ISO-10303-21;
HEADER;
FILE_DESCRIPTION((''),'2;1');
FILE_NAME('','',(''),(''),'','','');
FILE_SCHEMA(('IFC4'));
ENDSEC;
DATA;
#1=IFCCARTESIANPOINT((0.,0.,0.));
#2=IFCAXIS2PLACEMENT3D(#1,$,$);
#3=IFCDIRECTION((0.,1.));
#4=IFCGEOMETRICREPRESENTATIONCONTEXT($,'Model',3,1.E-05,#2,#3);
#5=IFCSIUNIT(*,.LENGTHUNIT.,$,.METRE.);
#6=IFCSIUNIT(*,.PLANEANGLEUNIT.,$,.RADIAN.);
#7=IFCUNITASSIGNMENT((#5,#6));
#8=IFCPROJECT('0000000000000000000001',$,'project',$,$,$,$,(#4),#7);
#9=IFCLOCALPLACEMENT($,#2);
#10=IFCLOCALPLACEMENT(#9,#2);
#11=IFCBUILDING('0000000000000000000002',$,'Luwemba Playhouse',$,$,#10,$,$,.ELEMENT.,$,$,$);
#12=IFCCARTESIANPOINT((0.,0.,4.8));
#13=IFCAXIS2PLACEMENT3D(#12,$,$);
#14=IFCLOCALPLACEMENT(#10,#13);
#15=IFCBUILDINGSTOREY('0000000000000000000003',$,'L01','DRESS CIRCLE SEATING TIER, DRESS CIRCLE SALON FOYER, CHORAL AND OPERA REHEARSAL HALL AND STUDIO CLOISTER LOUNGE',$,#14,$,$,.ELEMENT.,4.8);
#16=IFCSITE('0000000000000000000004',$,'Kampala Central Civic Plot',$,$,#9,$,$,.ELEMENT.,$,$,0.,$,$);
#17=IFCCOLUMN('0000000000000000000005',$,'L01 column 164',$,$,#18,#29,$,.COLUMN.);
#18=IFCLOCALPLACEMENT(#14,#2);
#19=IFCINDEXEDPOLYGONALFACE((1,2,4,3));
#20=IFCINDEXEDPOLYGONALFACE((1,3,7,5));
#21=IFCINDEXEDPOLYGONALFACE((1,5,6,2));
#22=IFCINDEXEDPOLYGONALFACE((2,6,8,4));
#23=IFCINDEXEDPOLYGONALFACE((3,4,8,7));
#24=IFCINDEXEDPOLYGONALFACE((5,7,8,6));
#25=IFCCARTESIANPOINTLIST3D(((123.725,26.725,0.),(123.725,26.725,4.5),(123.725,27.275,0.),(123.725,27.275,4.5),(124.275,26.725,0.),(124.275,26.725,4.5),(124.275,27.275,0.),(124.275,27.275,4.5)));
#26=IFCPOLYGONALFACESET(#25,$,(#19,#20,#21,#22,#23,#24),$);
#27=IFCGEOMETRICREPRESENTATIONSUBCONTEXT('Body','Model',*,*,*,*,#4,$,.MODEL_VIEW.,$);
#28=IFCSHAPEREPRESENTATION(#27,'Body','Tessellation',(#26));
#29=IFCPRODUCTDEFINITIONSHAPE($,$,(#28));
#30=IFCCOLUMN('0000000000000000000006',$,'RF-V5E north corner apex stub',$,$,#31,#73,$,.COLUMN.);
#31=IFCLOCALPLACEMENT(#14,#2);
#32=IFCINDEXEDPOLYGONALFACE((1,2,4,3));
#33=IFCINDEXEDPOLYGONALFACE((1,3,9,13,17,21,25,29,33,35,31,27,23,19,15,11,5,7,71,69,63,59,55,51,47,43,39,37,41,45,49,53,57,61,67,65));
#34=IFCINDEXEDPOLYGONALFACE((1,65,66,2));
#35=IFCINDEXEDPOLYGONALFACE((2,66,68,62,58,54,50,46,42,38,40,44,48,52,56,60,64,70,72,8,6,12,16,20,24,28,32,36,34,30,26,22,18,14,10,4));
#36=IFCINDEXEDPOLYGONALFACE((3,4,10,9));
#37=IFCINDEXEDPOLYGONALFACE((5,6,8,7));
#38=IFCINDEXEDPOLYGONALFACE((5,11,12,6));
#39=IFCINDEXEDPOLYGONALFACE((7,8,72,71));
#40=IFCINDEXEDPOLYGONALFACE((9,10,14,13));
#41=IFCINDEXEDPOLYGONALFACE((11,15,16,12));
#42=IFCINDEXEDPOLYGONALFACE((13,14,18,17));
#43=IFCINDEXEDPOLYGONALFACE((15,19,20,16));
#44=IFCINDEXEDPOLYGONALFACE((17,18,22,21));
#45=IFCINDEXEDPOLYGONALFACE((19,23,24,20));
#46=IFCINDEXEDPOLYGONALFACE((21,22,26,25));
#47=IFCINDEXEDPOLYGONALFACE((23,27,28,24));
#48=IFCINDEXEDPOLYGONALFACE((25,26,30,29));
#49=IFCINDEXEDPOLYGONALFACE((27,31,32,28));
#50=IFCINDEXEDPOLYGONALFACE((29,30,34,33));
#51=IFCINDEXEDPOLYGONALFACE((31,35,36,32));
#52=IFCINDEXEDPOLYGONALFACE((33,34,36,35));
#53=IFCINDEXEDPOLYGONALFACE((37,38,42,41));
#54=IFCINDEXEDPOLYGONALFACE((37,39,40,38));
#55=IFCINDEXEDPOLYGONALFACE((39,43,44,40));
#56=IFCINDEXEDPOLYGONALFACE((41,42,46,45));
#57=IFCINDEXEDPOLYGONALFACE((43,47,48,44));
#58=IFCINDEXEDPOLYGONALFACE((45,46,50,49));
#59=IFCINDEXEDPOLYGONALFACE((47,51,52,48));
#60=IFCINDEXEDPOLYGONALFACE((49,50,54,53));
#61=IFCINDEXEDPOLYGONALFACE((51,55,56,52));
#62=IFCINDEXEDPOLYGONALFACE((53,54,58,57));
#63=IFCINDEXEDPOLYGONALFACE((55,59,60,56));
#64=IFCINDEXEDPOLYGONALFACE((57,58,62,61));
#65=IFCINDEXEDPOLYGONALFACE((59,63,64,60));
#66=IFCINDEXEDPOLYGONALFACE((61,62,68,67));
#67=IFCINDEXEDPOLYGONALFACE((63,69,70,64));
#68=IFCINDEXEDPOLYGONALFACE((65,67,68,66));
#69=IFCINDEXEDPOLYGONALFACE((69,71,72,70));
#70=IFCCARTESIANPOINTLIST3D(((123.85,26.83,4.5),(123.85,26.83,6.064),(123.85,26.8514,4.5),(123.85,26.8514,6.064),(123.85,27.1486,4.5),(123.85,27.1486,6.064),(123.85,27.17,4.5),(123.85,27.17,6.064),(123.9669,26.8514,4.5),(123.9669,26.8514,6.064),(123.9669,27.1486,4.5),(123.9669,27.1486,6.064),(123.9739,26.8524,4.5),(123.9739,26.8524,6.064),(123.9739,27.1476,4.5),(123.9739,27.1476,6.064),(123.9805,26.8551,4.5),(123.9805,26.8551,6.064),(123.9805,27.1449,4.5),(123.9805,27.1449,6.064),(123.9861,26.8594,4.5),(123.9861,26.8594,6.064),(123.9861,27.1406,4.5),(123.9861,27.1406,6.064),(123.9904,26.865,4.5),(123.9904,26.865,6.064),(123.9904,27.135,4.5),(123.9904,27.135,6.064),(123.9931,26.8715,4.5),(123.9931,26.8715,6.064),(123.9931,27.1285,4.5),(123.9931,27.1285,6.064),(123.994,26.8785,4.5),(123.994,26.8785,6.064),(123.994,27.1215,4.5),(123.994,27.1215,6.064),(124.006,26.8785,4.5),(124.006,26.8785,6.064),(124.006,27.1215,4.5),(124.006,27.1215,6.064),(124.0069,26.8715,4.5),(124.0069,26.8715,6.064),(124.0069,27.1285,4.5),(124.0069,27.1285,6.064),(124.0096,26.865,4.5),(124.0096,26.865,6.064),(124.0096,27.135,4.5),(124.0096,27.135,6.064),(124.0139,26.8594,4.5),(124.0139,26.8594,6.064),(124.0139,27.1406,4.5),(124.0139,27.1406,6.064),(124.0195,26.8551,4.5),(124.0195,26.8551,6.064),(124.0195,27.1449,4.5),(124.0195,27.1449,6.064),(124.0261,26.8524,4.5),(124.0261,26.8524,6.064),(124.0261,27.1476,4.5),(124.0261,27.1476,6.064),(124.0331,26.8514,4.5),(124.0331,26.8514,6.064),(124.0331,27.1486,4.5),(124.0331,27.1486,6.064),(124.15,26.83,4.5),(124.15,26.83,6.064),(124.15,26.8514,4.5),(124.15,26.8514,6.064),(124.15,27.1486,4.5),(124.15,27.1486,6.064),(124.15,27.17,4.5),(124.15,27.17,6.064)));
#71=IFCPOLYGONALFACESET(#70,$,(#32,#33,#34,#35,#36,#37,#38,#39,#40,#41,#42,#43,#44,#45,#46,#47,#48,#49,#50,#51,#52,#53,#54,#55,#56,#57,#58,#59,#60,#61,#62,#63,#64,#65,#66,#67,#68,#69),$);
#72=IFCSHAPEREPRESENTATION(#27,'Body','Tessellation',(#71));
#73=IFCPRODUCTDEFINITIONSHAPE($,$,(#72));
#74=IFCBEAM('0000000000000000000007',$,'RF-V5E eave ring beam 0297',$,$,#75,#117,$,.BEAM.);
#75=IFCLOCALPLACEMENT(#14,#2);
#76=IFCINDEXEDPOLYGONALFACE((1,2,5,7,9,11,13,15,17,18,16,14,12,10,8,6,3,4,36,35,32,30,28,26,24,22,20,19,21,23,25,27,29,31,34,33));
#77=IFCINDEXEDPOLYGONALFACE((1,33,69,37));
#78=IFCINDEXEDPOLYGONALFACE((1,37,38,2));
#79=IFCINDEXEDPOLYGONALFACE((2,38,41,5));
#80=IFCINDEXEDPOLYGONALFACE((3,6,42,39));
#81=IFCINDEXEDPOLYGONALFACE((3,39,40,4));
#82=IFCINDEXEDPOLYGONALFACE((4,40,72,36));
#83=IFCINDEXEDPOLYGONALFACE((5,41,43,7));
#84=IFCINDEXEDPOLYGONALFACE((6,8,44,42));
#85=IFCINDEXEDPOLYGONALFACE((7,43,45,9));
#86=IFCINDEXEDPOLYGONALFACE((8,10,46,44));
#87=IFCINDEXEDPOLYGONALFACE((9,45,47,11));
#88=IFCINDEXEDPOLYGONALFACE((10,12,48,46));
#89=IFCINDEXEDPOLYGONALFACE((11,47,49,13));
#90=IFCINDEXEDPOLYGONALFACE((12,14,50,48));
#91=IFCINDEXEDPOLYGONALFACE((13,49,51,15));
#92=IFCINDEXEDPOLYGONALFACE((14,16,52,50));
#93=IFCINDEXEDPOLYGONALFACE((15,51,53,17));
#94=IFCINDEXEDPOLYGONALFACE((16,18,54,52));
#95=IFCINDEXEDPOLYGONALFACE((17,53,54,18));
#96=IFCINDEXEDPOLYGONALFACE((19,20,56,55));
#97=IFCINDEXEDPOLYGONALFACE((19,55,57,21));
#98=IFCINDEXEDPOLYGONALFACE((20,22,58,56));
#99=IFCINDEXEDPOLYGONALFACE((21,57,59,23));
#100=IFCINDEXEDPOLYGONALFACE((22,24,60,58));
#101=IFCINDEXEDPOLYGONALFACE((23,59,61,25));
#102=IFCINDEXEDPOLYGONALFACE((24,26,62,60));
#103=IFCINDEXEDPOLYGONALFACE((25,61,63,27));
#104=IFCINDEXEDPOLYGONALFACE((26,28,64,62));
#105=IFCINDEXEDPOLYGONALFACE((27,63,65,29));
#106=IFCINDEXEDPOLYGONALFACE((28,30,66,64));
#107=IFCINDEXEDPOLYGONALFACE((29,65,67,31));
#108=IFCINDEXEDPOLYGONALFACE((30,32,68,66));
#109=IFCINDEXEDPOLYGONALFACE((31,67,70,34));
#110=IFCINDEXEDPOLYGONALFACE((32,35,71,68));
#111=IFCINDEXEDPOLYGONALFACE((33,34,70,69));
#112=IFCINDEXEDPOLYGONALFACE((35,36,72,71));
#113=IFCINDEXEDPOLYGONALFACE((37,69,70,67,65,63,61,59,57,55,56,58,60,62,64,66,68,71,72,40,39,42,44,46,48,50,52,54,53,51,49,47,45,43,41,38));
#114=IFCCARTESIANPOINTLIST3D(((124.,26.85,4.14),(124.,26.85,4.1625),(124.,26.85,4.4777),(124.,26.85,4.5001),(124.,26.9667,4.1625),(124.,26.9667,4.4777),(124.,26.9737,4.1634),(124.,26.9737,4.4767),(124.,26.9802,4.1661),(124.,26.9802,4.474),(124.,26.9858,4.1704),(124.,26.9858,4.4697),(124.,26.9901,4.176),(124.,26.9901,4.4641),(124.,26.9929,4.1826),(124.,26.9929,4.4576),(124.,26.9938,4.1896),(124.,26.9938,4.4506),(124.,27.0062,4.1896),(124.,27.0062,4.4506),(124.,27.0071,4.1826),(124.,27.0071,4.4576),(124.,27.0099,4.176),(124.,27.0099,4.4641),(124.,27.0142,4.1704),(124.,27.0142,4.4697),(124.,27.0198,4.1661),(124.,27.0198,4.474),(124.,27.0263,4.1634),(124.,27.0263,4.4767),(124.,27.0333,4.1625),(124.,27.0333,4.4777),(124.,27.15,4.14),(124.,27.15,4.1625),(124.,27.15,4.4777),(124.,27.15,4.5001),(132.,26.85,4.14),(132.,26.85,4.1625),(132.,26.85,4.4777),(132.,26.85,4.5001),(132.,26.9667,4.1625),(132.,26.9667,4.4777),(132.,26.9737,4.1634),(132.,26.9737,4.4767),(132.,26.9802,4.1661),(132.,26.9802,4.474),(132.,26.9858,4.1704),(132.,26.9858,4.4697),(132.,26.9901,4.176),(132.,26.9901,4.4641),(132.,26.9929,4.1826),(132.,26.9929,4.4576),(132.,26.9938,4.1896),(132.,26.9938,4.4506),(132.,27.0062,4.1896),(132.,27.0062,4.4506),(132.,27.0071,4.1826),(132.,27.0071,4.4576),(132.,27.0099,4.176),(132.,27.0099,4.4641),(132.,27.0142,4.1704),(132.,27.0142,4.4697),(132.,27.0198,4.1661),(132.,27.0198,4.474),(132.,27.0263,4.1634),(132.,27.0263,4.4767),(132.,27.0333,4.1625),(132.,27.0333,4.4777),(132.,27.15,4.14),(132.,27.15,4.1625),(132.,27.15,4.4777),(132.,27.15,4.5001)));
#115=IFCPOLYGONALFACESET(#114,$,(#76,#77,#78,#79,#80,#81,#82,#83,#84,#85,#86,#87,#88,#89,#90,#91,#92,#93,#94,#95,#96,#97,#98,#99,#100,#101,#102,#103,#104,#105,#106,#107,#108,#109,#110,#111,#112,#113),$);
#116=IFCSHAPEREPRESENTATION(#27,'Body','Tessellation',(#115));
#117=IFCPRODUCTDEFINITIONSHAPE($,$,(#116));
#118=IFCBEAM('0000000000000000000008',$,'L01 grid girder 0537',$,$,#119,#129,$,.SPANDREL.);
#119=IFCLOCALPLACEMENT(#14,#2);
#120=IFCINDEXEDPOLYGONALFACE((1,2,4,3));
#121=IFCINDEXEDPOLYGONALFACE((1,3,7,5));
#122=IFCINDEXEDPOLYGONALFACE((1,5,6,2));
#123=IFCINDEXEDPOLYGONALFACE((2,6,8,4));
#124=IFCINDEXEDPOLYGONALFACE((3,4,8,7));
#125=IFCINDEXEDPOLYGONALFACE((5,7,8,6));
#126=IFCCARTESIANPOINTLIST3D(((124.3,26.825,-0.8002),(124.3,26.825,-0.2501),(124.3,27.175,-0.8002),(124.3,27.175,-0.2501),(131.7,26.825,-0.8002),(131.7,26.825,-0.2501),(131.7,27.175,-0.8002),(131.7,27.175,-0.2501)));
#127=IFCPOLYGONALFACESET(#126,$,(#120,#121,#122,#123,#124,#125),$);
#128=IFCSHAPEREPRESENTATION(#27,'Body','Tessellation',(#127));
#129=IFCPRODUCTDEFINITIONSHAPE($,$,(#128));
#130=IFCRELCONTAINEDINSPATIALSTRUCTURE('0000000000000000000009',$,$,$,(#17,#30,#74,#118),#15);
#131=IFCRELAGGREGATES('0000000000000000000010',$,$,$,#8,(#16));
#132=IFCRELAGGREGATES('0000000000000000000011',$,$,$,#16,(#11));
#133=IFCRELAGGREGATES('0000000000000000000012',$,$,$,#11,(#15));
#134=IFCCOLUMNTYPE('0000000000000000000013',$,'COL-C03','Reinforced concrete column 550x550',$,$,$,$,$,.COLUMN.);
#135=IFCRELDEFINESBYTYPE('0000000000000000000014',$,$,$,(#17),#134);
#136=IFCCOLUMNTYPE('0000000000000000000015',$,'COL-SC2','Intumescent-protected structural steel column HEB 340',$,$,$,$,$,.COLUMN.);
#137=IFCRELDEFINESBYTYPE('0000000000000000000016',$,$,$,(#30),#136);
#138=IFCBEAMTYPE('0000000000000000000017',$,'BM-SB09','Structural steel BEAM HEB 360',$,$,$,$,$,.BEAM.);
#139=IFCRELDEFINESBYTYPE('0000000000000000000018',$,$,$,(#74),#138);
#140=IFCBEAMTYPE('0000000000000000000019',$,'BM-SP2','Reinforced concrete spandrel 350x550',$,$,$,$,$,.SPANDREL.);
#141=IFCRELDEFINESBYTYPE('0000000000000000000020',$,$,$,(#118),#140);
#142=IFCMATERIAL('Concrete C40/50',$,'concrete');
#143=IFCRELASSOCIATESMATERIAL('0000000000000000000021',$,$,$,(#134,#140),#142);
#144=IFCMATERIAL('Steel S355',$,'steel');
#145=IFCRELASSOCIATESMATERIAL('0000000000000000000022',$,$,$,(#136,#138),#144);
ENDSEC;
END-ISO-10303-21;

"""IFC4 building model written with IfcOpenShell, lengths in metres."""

from ifc_helpers import new_model, si_unit, direction, frame, origin, origin_2d, place, context, subcontext, project, spatial, rectangle, i_section, extrude, material, material_profile, profile_set, type_object, element, save


model = new_model("IFC4")

# Units and contexts
model_context = context("Model", 3, precision=1e-05, world=origin(), true_north=direction((0.0, 1.0)))
body_context = subcontext(model_context, "Body", "Model", "MODEL_VIEW")
ifc_project = project(units=[si_unit("LENGTHUNIT", "METRE"), si_unit("PLANEANGLEUNIT", "RADIAN")], contexts=[model_context])

# Site, building, storey
site_placement = place(None, origin())
site = spatial("IfcSite", under=ifc_project, at=site_placement, Name="Kampala Central Civic Plot", CompositionType="ELEMENT", RefElevation=0.0)
building_placement = place(site_placement, origin())
building = spatial("IfcBuilding", under=site, at=building_placement, Name="Luwemba Playhouse", CompositionType="ELEMENT")
storey_placement = place(building_placement, frame((0.0, 0.0, 4.8)))
storey = spatial("IfcBuildingStorey", under=building, at=storey_placement, Name="L01", Description="DRESS CIRCLE SEATING TIER, DRESS CIRCLE SALON FOYER, CHORAL AND OPERA REHEARSAL HALL AND STUDIO CLOISTER LOUNGE", CompositionType="ELEMENT", Elevation=4.8)

# Columns
ifc_material_1 = material(Name="Concrete C40/50", Category="concrete")
ifc_material_profile_1 = material_profile(ifc_material_1, rectangle(XDim=0.55, YDim=0.55, at=origin_2d()))
ifc_profile_set_1 = profile_set([ifc_material_profile_1], Name="Concrete C40/50")
column_type_1 = type_object("IfcColumnType", Name="COL-C03", Description="Reinforced concrete column 550x550", PredefinedType="COLUMN", material=ifc_profile_set_1)
column_1_placement = place(storey_placement, frame((124.0, 27.0, 0.0), z_axis=(0.0, 0.0, 1.0), x_axis=(1.0, 0.0, 0.0)))
element("IfcColumn", 1, at=column_1_placement, inside=storey, type_object=column_type_1, Name="L01 column 164", PredefinedType="COLUMN", context=body_context, shape_type="SweptSolid", body=[
    extrude(rectangle(XDim=0.55, YDim=0.55, at=origin_2d()), origin(), (0.0, 0.0, 1.0), 4.5),
])
ifc_material_2 = material(Name="Steel S355", Category="steel")
ifc_material_profile_2 = material_profile(ifc_material_2, i_section(OverallWidth=0.3, OverallDepth=0.3401, WebThickness=0.012, FlangeThickness=0.0215, FilletRadius=0.0271, at=origin_2d()))
ifc_profile_set_2 = profile_set([ifc_material_profile_2], Name="Steel S355")
column_type_2 = type_object("IfcColumnType", Name="COL-SC2", Description="Intumescent-protected structural steel column HEB 340", PredefinedType="COLUMN", material=ifc_profile_set_2)
column_2_placement = place(storey_placement, frame((124.0, 27.0, 4.5), z_axis=(0.0, 0.0, 1.0), x_axis=(1.0, 0.0, 0.0)))
element("IfcColumn", 2, at=column_2_placement, inside=storey, type_object=column_type_2, Name="RF-V5E north corner apex stub", PredefinedType="COLUMN", context=body_context, shape_type="SweptSolid", body=[
    extrude(i_section(OverallWidth=0.3, OverallDepth=0.3401, WebThickness=0.012, FlangeThickness=0.0215, FilletRadius=0.0271, at=origin_2d()), origin(), (0.0, 0.0, 1.0), 1.564),
])

# Beams
ifc_material_profile_3 = material_profile(ifc_material_2, i_section(OverallWidth=0.3, OverallDepth=0.3601, WebThickness=0.0125, FlangeThickness=0.0225, FilletRadius=0.0271, at=origin_2d()))
ifc_profile_set_3 = profile_set([ifc_material_profile_3], Name="Steel S355")
beam_type_1 = type_object("IfcBeamType", Name="BM-SB09", Description="Structural steel BEAM HEB 360", PredefinedType="BEAM", material=ifc_profile_set_3)
beam_1_placement = place(storey_placement, frame((124.0, 27.0, 4.3201), z_axis=(1.0, 0.0, 0.0), x_axis=(0.0, 1.0, 0.0)))
element("IfcBeam", 3, at=beam_1_placement, inside=storey, type_object=beam_type_1, Name="RF-V5E eave ring beam 0297", PredefinedType="BEAM", context=body_context, shape_type="SweptSolid", body=[
    extrude(i_section(OverallWidth=0.3, OverallDepth=0.3601, WebThickness=0.0125, FlangeThickness=0.0225, FilletRadius=0.0271, at=origin_2d()), origin(), (0.0, 0.0, 1.0), 8.0),
])
ifc_material_profile_4 = material_profile(ifc_material_1, rectangle(XDim=0.3501, YDim=0.55, at=origin_2d()))
ifc_profile_set_4 = profile_set([ifc_material_profile_4], Name="Concrete C40/50")
beam_type_2 = type_object("IfcBeamType", Name="BM-SP2", Description="Reinforced concrete spandrel 350x550", PredefinedType="SPANDREL", material=ifc_profile_set_4)
beam_2_placement = place(storey_placement, frame((124.3, 27.0, -0.5251), z_axis=(1.0, 0.0, 0.0), x_axis=(0.0, 1.0, 0.0)))
element("IfcBeam", 4, at=beam_2_placement, inside=storey, type_object=beam_type_2, Name="L01 grid girder 0537", PredefinedType="SPANDREL", context=body_context, shape_type="SweptSolid", body=[
    extrude(rectangle(XDim=0.3501, YDim=0.55, at=origin_2d()), origin(), (0.0, 0.0, 1.0), 7.3999),
])

save(model, "model.ifc")
